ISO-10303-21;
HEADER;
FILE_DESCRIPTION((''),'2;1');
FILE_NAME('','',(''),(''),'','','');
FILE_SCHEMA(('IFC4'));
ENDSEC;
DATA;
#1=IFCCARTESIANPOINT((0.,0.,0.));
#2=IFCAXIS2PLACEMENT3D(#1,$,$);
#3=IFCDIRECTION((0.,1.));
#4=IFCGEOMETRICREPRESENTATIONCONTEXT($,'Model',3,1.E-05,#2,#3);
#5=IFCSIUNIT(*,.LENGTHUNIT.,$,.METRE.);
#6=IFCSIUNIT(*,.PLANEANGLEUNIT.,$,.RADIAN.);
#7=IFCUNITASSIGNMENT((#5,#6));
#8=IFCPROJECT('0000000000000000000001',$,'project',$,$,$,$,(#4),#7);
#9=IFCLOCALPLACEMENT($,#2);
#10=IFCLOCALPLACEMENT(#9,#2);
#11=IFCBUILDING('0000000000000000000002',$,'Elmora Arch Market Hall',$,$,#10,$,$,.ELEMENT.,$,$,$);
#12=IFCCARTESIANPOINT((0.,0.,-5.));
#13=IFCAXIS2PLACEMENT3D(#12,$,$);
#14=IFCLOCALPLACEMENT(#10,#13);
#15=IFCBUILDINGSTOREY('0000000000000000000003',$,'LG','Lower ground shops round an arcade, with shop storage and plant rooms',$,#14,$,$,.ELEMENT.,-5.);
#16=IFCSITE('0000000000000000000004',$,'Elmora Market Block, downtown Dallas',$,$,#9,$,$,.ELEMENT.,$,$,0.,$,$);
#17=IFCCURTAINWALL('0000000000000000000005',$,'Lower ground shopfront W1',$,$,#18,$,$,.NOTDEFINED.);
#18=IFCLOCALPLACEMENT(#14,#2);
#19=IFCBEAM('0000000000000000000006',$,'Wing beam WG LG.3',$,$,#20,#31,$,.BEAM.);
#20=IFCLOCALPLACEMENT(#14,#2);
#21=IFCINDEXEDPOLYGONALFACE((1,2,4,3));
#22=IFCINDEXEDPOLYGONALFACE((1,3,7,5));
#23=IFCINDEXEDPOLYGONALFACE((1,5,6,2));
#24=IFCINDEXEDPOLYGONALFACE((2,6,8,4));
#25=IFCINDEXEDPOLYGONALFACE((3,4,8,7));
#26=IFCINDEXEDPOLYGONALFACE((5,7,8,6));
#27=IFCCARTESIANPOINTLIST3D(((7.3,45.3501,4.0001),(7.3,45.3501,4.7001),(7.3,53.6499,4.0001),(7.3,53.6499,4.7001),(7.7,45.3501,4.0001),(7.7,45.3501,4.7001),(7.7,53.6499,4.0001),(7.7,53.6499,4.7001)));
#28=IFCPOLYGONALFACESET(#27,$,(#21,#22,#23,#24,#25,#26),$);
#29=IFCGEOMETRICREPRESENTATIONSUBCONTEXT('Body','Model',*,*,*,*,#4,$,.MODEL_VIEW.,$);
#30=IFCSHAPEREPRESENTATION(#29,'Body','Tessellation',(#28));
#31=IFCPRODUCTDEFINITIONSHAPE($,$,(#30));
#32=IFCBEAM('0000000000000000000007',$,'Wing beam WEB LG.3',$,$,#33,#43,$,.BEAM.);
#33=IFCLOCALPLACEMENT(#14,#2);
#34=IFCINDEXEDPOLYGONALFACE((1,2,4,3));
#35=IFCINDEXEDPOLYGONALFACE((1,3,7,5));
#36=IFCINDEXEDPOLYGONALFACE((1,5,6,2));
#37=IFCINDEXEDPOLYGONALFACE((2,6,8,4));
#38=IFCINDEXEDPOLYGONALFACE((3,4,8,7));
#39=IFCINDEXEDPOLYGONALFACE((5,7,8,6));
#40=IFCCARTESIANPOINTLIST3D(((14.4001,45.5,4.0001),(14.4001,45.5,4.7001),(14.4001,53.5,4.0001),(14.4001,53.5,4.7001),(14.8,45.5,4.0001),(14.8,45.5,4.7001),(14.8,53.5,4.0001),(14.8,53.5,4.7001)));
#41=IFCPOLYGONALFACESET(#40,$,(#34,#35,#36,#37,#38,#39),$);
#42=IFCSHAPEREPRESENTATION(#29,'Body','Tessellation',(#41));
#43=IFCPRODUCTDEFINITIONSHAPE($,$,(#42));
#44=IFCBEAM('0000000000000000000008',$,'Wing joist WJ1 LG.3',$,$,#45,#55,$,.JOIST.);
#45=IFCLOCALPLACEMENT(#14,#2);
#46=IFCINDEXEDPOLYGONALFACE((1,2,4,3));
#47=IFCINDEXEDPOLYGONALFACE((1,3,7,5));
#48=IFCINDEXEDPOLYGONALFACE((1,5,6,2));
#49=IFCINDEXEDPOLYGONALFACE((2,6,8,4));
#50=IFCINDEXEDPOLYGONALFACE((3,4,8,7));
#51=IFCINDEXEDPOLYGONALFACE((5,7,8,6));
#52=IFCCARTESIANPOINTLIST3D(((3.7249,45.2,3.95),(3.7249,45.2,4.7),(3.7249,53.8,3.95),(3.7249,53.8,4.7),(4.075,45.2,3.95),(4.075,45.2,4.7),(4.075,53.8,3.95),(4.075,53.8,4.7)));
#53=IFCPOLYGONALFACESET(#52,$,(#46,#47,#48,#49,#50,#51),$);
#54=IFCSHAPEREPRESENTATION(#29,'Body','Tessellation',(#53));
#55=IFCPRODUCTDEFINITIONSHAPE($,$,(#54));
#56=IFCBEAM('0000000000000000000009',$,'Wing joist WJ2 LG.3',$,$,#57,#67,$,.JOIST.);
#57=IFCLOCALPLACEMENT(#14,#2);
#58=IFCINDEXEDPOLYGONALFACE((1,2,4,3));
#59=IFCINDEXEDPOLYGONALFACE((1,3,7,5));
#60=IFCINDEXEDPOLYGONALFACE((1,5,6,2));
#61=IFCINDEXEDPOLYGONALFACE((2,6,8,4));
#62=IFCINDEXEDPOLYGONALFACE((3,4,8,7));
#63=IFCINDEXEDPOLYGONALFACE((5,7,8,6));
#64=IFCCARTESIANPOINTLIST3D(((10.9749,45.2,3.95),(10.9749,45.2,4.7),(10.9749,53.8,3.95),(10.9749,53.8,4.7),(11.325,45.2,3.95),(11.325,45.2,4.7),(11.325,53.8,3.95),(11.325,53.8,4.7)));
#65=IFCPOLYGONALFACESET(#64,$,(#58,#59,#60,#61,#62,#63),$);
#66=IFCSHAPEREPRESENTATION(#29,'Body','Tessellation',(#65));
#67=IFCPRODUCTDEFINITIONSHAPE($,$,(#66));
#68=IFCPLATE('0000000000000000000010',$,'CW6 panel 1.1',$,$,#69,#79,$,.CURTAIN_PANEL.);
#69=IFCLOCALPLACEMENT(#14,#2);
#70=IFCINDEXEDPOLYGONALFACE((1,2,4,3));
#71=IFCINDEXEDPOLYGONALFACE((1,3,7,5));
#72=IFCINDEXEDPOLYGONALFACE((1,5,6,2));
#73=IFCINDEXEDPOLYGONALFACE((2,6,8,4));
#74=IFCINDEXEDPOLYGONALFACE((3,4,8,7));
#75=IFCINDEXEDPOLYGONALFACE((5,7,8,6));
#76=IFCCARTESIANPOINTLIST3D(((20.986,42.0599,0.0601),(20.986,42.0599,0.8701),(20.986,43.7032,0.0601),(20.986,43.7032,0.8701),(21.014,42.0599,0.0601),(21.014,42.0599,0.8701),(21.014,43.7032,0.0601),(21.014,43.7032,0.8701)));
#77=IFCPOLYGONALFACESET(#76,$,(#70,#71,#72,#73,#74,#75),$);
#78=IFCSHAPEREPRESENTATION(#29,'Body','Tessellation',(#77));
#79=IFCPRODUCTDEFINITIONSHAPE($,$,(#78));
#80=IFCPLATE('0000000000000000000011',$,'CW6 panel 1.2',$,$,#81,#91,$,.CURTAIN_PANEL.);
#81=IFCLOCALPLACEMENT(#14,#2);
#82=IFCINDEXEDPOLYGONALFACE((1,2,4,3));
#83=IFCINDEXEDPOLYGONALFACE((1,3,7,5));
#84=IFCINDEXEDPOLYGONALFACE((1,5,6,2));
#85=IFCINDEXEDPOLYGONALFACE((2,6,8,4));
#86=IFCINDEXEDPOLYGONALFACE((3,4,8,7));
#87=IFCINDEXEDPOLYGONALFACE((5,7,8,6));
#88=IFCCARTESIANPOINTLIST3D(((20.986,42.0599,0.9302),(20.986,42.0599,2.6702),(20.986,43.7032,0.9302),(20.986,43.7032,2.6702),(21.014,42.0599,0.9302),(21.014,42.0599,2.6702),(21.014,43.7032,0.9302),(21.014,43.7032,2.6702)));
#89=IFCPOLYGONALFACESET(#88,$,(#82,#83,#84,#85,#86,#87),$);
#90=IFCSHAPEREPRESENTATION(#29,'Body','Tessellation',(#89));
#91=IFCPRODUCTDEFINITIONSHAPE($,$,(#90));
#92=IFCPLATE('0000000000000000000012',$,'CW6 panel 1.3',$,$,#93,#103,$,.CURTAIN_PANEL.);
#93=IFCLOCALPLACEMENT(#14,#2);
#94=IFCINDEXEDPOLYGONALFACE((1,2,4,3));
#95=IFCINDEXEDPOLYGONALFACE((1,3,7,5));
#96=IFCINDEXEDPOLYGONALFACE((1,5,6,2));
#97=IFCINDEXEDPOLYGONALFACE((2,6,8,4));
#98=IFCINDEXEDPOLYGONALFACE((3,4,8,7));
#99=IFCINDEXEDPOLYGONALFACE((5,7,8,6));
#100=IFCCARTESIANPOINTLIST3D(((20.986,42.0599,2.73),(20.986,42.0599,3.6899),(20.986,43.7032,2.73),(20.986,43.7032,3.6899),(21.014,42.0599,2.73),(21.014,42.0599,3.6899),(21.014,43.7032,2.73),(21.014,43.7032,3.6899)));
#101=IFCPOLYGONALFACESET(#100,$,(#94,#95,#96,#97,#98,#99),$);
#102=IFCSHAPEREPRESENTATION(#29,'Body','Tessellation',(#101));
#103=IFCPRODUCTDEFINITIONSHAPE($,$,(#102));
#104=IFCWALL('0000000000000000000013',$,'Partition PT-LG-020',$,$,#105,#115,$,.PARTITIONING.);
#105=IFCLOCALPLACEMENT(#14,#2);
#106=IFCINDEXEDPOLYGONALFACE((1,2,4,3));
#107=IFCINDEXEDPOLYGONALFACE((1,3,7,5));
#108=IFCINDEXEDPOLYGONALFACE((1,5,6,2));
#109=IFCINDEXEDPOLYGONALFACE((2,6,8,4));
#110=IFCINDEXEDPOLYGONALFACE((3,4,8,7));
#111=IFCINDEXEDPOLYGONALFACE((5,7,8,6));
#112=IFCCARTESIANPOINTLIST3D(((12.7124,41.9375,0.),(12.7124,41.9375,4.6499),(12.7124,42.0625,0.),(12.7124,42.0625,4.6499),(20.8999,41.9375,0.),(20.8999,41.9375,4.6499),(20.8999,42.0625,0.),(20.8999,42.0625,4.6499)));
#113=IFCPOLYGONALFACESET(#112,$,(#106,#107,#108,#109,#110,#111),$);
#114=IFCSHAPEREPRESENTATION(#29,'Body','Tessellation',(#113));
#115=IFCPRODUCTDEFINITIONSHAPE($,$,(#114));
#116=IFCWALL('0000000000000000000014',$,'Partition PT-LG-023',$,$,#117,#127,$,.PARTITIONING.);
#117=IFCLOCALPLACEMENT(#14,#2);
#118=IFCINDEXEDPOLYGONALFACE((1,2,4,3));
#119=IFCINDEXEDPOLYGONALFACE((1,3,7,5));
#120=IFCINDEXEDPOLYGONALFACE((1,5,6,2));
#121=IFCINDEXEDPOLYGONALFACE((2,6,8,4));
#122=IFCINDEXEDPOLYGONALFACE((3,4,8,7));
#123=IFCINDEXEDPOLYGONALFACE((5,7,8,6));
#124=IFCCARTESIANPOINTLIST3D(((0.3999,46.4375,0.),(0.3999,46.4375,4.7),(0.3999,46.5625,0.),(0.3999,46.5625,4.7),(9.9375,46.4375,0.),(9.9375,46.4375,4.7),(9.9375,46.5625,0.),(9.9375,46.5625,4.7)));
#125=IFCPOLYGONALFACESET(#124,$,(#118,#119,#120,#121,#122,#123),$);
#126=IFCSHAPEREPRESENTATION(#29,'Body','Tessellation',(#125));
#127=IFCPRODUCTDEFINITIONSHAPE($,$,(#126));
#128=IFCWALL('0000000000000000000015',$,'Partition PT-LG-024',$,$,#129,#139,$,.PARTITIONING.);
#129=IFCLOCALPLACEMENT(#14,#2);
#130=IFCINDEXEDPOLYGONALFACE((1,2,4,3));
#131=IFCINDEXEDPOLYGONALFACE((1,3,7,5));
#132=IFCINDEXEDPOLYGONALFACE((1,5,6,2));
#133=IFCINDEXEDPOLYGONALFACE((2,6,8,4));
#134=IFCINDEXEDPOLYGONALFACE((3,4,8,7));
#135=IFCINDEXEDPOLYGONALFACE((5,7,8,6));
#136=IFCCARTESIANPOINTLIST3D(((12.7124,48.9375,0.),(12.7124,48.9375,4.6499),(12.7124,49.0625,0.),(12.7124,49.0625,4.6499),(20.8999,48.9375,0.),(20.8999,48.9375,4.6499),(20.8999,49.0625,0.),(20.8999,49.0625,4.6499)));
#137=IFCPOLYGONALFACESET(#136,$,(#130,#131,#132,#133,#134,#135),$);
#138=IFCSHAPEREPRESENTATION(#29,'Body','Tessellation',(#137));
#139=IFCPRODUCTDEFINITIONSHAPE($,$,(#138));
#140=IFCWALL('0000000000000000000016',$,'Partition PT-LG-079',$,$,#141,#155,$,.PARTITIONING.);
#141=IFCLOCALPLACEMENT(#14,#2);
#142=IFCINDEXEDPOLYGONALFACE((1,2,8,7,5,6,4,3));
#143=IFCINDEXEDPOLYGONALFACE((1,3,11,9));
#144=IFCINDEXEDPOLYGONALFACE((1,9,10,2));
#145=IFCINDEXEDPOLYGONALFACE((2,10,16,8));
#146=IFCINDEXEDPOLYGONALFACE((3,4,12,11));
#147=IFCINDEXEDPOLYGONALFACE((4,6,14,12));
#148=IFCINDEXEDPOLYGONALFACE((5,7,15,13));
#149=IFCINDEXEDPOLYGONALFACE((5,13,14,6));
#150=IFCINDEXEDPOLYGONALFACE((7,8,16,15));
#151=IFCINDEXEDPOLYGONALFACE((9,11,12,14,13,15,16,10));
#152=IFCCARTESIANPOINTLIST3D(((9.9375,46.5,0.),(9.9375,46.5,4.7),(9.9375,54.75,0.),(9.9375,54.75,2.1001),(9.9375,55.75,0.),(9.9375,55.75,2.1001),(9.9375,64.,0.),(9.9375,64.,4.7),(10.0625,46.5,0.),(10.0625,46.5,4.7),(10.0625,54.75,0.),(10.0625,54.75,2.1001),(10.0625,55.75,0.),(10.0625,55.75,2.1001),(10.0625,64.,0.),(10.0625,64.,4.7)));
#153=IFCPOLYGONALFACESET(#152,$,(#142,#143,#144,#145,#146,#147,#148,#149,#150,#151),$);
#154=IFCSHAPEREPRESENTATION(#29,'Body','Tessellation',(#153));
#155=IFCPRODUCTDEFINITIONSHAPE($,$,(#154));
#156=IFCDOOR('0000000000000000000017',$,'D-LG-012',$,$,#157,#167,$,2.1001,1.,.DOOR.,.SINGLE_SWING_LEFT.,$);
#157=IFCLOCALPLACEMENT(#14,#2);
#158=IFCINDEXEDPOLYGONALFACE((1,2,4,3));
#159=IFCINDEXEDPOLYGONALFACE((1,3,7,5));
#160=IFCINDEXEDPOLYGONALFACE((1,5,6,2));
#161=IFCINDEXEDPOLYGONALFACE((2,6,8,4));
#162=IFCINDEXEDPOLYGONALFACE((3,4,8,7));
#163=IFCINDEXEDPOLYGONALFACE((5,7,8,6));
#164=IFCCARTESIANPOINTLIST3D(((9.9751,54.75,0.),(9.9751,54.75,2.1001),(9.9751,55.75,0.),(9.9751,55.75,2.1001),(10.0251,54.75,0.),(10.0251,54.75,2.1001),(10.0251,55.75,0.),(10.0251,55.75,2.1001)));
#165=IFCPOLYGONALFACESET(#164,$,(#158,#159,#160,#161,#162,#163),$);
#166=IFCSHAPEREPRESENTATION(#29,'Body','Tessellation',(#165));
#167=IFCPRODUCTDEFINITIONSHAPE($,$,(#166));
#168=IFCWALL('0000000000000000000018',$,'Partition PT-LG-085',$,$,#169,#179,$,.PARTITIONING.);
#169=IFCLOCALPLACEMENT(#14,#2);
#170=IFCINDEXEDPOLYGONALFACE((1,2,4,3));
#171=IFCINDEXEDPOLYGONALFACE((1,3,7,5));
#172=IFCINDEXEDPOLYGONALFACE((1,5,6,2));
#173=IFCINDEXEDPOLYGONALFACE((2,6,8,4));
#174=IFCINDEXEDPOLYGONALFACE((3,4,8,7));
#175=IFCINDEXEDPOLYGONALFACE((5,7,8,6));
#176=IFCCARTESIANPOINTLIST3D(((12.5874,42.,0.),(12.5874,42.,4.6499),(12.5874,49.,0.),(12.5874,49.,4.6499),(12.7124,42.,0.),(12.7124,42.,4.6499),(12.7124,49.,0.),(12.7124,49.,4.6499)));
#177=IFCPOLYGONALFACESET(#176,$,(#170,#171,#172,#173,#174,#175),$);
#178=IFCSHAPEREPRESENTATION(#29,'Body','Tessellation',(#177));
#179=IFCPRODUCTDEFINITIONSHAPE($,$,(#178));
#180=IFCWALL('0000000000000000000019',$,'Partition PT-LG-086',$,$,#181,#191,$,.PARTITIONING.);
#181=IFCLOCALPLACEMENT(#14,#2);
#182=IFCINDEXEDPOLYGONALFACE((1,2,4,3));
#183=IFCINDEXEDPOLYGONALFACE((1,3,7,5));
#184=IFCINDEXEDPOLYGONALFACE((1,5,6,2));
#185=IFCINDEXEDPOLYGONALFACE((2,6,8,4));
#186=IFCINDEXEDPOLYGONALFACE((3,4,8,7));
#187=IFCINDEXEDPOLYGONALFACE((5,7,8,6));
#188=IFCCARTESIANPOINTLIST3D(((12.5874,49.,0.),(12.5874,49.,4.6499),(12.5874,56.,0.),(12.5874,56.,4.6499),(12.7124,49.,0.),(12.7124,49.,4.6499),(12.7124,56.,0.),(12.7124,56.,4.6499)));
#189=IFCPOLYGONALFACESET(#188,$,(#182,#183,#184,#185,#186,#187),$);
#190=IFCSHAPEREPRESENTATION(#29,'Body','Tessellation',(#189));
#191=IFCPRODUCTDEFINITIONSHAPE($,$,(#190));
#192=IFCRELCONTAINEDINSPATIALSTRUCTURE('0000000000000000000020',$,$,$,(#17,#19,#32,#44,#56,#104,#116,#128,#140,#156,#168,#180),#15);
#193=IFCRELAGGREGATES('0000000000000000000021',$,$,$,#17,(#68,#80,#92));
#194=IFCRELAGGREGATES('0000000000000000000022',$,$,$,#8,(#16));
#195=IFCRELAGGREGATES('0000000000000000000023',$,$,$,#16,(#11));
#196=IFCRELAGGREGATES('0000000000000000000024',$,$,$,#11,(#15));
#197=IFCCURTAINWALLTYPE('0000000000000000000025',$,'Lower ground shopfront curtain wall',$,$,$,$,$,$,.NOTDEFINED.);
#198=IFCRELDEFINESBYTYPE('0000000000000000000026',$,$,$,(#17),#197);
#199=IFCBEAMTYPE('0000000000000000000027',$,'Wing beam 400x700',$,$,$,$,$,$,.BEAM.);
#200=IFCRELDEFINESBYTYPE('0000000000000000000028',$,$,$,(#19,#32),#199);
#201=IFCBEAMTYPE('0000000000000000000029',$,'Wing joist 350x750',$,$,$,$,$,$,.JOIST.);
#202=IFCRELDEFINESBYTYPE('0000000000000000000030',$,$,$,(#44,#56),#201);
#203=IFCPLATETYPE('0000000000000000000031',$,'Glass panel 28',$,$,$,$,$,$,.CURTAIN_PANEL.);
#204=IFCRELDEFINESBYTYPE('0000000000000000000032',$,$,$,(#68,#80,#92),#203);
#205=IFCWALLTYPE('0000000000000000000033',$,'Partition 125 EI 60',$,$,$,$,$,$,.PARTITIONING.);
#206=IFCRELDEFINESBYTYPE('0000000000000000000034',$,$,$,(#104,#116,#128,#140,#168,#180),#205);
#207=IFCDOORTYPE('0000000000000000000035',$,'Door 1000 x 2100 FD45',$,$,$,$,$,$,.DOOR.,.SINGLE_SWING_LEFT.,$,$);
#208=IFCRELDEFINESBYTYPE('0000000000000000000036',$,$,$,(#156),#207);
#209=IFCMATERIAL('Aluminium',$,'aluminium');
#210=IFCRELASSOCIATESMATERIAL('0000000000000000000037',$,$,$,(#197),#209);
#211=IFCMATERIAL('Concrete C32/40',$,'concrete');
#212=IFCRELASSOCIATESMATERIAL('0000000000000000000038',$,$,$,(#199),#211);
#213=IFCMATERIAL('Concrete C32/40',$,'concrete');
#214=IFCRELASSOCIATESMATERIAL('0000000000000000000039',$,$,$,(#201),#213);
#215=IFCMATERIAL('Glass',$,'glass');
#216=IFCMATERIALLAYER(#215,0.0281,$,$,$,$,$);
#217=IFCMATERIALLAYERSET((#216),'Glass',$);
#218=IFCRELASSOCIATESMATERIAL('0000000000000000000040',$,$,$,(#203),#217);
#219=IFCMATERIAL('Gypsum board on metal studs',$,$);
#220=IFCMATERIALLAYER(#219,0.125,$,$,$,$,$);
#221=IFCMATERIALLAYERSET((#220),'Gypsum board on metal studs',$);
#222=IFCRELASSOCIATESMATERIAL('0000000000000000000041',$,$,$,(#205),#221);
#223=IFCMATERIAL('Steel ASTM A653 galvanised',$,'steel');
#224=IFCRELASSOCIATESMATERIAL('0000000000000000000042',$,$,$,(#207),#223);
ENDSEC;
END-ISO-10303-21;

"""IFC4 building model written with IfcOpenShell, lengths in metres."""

from ifc_helpers import new_model, si_unit, direction, frame, frame_2d, origin, origin_2d, place, context, subcontext, project, spatial, rectangle, extrude, material, layer, layer_set, material_profile, profile_set, type_object, element, fill, aggregate, save


model = new_model("IFC4")

# Units and contexts
model_context = context("Model", 3, precision=1e-05, world=origin(), true_north=direction((0.0, 1.0)))
body_context = subcontext(model_context, "Body", "Model", "MODEL_VIEW")
ifc_project = project(units=[si_unit("LENGTHUNIT", "METRE"), si_unit("PLANEANGLEUNIT", "RADIAN")], contexts=[model_context])

# Site, building, storey
site_placement = place(None, origin())
site = spatial("IfcSite", under=ifc_project, at=site_placement, Name="Elmora Market Block, downtown Dallas", CompositionType="ELEMENT", RefElevation=0.0)
building_placement = place(site_placement, origin())
building = spatial("IfcBuilding", under=site, at=building_placement, Name="Elmora Arch Market Hall", CompositionType="ELEMENT")
storey_placement = place(building_placement, frame((0.0, 0.0, -5.0)))
storey = spatial("IfcBuildingStorey", under=building, at=storey_placement, Name="LG", Description="Lower ground shops round an arcade, with shop storage and plant rooms", CompositionType="ELEMENT", Elevation=-5.0)

# Curtain wall
ifc_material_1 = material(Name="Aluminium", Category="aluminium")
curtain_wall_type = type_object("IfcCurtainWallType", Name="Lower ground shopfront curtain wall", PredefinedType="NOTDEFINED", material=ifc_material_1)
curtain_wall_placement = place(storey_placement, origin())
curtain_wall = element("IfcCurtainWall", 1, at=curtain_wall_placement, inside=storey, type_object=curtain_wall_type, Name="Lower ground shopfront W1", PredefinedType="NOTDEFINED")

# Beams
ifc_material_2 = material(Name="Concrete C32/40", Category="concrete")
ifc_material_profile_1 = material_profile(ifc_material_2, rectangle(XDim=0.3999, YDim=0.7, at=origin_2d()), Name="Wing beam 400x700")
ifc_profile_set_1 = profile_set([ifc_material_profile_1], Name="Concrete C32/40")
beam_type_1 = type_object("IfcBeamType", Name="Wing beam 400x700", PredefinedType="BEAM", material=ifc_profile_set_1)
beam_1_placement = place(storey_placement, frame((7.5, 45.3501, 4.3501), z_axis=(0.0, 1.0, 0.0), x_axis=(-1.0, 0.0, 0.0)))
element("IfcBeam", 2, at=beam_1_placement, inside=storey, type_object=beam_type_1, Name="Wing beam WG LG.3", PredefinedType="BEAM", context=body_context, shape_type="SweptSolid", body=[
    extrude(rectangle(XDim=0.3999, YDim=0.7, at=origin_2d()), origin(), (0.0, 0.0, 1.0), 8.2998),
])
beam_2_placement = place(storey_placement, frame((14.6001, 45.5, 4.3501), z_axis=(0.0, 1.0, 0.0), x_axis=(-1.0, 0.0, 0.0)))
element("IfcBeam", 3, at=beam_2_placement, inside=storey, type_object=beam_type_1, Name="Wing beam WEB LG.3", PredefinedType="BEAM", context=body_context, shape_type="SweptSolid", body=[
    extrude(rectangle(XDim=0.3999, YDim=0.7, at=origin_2d()), origin(), (0.0, 0.0, 1.0), 8.0),
])
ifc_material_3 = material(Name="Concrete C32/40", Category="concrete")
ifc_material_profile_2 = material_profile(ifc_material_3, rectangle(XDim=0.3501, YDim=0.75, at=origin_2d()), Name="Wing joist 350x750")
ifc_profile_set_2 = profile_set([ifc_material_profile_2], Name="Concrete C32/40")
beam_type_2 = type_object("IfcBeamType", Name="Wing joist 350x750", PredefinedType="JOIST", material=ifc_profile_set_2)
for number, where, z_axis, x_axis, name in (
    (4, (3.8999, 45.2, 4.325), (0.0, 1.0, 0.0), (-1.0, 0.0, 0.0), "Wing joist WJ1 LG.3"),
    (5, (11.1499, 45.2, 4.325), (0.0, 1.0, 0.0), (-1.0, 0.0, 0.0), "Wing joist WJ2 LG.3"),
):
    element("IfcBeam", number, at=place(storey_placement, frame(where, z_axis=z_axis, x_axis=x_axis)), inside=storey, type_object=beam_type_2, Name=name, PredefinedType="JOIST", context=body_context, shape_type="SweptSolid", body=[
        extrude(rectangle(XDim=0.3501, YDim=0.75, at=origin_2d()), origin(), (0.0, 0.0, 1.0), 8.6001),
    ])

# Plates
ifc_material_4 = material(Name="Glass", Category="glass")
ifc_layer_1 = layer(ifc_material_4, 0.0281)
ifc_layer_set_1 = layer_set([ifc_layer_1], Name="Glass")
plate_type = type_object("IfcPlateType", Name="Glass panel 28", PredefinedType="CURTAIN_PANEL", material=ifc_layer_set_1)
plate_1_placement = place(storey_placement, frame((21.0, 42.8816, 0.0601), z_axis=(0.0, 0.0, 1.0), x_axis=(0.0, 1.0, 0.0)))
plate_1 = element("IfcPlate", 6, at=plate_1_placement, type_object=plate_type, Name="CW6 panel 1.1", PredefinedType="CURTAIN_PANEL", context=body_context, shape_type="SweptSolid", body=[
    extrude(rectangle(XDim=1.6433, YDim=0.0281, at=origin_2d()), origin(), (0.0, 0.0, 1.0), 0.8101),
])
plate_2_placement = place(storey_placement, frame((21.0, 42.8816, 0.9302), z_axis=(0.0, 0.0, 1.0), x_axis=(0.0, 1.0, 0.0)))
plate_2 = element("IfcPlate", 7, at=plate_2_placement, type_object=plate_type, Name="CW6 panel 1.2", PredefinedType="CURTAIN_PANEL", context=body_context, shape_type="SweptSolid", body=[
    extrude(rectangle(XDim=1.6433, YDim=0.0281, at=origin_2d()), origin(), (0.0, 0.0, 1.0), 1.74),
])
plate_3_placement = place(storey_placement, frame((21.0, 42.8816, 2.73), z_axis=(0.0, 0.0, 1.0), x_axis=(0.0, 1.0, 0.0)))
plate_3 = element("IfcPlate", 8, at=plate_3_placement, type_object=plate_type, Name="CW6 panel 1.3", PredefinedType="CURTAIN_PANEL", context=body_context, shape_type="SweptSolid", body=[
    extrude(rectangle(XDim=1.6433, YDim=0.0281, at=origin_2d()), origin(), (0.0, 0.0, 1.0), 0.96),
])
aggregate(curtain_wall, [plate_1, plate_2, plate_3])

# Walls
ifc_material_5 = material(Name="Gypsum board on metal studs")
ifc_layer_2 = layer(ifc_material_5, 0.125)
ifc_layer_set_2 = layer_set([ifc_layer_2], Name="Gypsum board on metal studs")
wall_type = type_object("IfcWallType", Name="Partition 125 EI 60", PredefinedType="PARTITIONING", material=ifc_layer_set_2)
wall_1_placement = place(storey_placement, frame((12.7124, 42.0, 0.0), z_axis=(0.0, 0.0, 1.0), x_axis=(1.0, 0.0, 0.0)))
element("IfcWall", 9, at=wall_1_placement, inside=storey, type_object=wall_type, Name="Partition PT-LG-020", PredefinedType="PARTITIONING", context=body_context, shape_type="SweptSolid", body=[
    extrude(rectangle(XDim=8.1875, YDim=0.125, at=frame_2d((4.0938, 0.0))), origin(), (0.0, 0.0, 1.0), 4.6499),
])
wall_2_placement = place(storey_placement, frame((0.3999, 46.5, 0.0), z_axis=(0.0, 0.0, 1.0), x_axis=(1.0, 0.0, 0.0)))
element("IfcWall", 10, at=wall_2_placement, inside=storey, type_object=wall_type, Name="Partition PT-LG-023", PredefinedType="PARTITIONING", context=body_context, shape_type="SweptSolid", body=[
    extrude(rectangle(XDim=9.5376, YDim=0.125, at=frame_2d((4.7688, 0.0))), origin(), (0.0, 0.0, 1.0), 4.7),
])
wall_3_placement = place(storey_placement, frame((12.7124, 49.0, 0.0), z_axis=(0.0, 0.0, 1.0), x_axis=(1.0, 0.0, 0.0)))
element("IfcWall", 11, at=wall_3_placement, inside=storey, type_object=wall_type, Name="Partition PT-LG-024", PredefinedType="PARTITIONING", context=body_context, shape_type="SweptSolid", body=[
    extrude(rectangle(XDim=8.1875, YDim=0.125, at=frame_2d((4.0938, 0.0))), origin(), (0.0, 0.0, 1.0), 4.6499),
])

# Wall, opening, door
wall_4_placement = place(storey_placement, frame((10.0, 46.5, 0.0), z_axis=(0.0, 0.0, 1.0), x_axis=(0.0, 1.0, 0.0)))
wall_4 = element("IfcWall", 12, at=wall_4_placement, inside=storey, type_object=wall_type, Name="Partition PT-LG-079", PredefinedType="PARTITIONING", context=body_context, shape_type="SweptSolid", body=[
    extrude(rectangle(XDim=17.5, YDim=0.125, at=frame_2d((8.75, 0.0))), origin(), (0.0, 0.0, 1.0), 4.7),
])
opening_placement = place(wall_4_placement, frame((8.25, 0.0, 0.0)))
opening = element("IfcOpeningElement", 13, at=opening_placement, cuts=wall_4, PredefinedType="OPENING", context=body_context, shape_type="SweptSolid", body=[
    extrude(rectangle(XDim=1.0, YDim=2.1001, at=frame_2d((0.5, 1.05))), frame((0.0, 0.0725, 0.0), z_axis=(0.0, -1.0, 0.0), x_axis=(1.0, 0.0, 0.0)), (0.0, 0.0, 1.0), 0.145),
])
ifc_material_6 = material(Name="Steel ASTM A653 galvanised", Category="steel")
door_type = type_object("IfcDoorType", Name="Door 1000 x 2100 FD45", OperationType="SINGLE_SWING_LEFT", PredefinedType="DOOR", material=ifc_material_6)
door_placement = place(opening_placement, origin())
door = element("IfcDoor", 14, at=door_placement, inside=storey, type_object=door_type, Name="D-LG-012", OperationType="SINGLE_SWING_LEFT", OverallHeight=2.1001, OverallWidth=1.0, PredefinedType="DOOR", context=body_context, shape_type="SweptSolid", body=[
    extrude(rectangle(XDim=1.0, YDim=2.1001, at=frame_2d((0.5, 1.05))), frame((0.0, 0.0249, 0.0), z_axis=(0.0, -1.0, 0.0), x_axis=(1.0, 0.0, 0.0)), (0.0, 0.0, 1.0), 0.05),
])
fill(opening, door)

# Walls
for number, where, z_axis, x_axis, name in (
    (15, (12.6499, 42.0, 0.0), (0.0, 0.0, 1.0), (0.0, 1.0, 0.0), "Partition PT-LG-085"),
    (16, (12.6499, 49.0, 0.0), (0.0, 0.0, 1.0), (0.0, 1.0, 0.0), "Partition PT-LG-086"),
):
    element("IfcWall", number, at=place(storey_placement, frame(where, z_axis=z_axis, x_axis=x_axis)), inside=storey, type_object=wall_type, Name=name, PredefinedType="PARTITIONING", context=body_context, shape_type="SweptSolid", body=[
        extrude(rectangle(XDim=7.0, YDim=0.125, at=frame_2d((3.5, 0.0))), origin(), (0.0, 0.0, 1.0), 4.6499),
    ])

save(model, "model.ifc")
